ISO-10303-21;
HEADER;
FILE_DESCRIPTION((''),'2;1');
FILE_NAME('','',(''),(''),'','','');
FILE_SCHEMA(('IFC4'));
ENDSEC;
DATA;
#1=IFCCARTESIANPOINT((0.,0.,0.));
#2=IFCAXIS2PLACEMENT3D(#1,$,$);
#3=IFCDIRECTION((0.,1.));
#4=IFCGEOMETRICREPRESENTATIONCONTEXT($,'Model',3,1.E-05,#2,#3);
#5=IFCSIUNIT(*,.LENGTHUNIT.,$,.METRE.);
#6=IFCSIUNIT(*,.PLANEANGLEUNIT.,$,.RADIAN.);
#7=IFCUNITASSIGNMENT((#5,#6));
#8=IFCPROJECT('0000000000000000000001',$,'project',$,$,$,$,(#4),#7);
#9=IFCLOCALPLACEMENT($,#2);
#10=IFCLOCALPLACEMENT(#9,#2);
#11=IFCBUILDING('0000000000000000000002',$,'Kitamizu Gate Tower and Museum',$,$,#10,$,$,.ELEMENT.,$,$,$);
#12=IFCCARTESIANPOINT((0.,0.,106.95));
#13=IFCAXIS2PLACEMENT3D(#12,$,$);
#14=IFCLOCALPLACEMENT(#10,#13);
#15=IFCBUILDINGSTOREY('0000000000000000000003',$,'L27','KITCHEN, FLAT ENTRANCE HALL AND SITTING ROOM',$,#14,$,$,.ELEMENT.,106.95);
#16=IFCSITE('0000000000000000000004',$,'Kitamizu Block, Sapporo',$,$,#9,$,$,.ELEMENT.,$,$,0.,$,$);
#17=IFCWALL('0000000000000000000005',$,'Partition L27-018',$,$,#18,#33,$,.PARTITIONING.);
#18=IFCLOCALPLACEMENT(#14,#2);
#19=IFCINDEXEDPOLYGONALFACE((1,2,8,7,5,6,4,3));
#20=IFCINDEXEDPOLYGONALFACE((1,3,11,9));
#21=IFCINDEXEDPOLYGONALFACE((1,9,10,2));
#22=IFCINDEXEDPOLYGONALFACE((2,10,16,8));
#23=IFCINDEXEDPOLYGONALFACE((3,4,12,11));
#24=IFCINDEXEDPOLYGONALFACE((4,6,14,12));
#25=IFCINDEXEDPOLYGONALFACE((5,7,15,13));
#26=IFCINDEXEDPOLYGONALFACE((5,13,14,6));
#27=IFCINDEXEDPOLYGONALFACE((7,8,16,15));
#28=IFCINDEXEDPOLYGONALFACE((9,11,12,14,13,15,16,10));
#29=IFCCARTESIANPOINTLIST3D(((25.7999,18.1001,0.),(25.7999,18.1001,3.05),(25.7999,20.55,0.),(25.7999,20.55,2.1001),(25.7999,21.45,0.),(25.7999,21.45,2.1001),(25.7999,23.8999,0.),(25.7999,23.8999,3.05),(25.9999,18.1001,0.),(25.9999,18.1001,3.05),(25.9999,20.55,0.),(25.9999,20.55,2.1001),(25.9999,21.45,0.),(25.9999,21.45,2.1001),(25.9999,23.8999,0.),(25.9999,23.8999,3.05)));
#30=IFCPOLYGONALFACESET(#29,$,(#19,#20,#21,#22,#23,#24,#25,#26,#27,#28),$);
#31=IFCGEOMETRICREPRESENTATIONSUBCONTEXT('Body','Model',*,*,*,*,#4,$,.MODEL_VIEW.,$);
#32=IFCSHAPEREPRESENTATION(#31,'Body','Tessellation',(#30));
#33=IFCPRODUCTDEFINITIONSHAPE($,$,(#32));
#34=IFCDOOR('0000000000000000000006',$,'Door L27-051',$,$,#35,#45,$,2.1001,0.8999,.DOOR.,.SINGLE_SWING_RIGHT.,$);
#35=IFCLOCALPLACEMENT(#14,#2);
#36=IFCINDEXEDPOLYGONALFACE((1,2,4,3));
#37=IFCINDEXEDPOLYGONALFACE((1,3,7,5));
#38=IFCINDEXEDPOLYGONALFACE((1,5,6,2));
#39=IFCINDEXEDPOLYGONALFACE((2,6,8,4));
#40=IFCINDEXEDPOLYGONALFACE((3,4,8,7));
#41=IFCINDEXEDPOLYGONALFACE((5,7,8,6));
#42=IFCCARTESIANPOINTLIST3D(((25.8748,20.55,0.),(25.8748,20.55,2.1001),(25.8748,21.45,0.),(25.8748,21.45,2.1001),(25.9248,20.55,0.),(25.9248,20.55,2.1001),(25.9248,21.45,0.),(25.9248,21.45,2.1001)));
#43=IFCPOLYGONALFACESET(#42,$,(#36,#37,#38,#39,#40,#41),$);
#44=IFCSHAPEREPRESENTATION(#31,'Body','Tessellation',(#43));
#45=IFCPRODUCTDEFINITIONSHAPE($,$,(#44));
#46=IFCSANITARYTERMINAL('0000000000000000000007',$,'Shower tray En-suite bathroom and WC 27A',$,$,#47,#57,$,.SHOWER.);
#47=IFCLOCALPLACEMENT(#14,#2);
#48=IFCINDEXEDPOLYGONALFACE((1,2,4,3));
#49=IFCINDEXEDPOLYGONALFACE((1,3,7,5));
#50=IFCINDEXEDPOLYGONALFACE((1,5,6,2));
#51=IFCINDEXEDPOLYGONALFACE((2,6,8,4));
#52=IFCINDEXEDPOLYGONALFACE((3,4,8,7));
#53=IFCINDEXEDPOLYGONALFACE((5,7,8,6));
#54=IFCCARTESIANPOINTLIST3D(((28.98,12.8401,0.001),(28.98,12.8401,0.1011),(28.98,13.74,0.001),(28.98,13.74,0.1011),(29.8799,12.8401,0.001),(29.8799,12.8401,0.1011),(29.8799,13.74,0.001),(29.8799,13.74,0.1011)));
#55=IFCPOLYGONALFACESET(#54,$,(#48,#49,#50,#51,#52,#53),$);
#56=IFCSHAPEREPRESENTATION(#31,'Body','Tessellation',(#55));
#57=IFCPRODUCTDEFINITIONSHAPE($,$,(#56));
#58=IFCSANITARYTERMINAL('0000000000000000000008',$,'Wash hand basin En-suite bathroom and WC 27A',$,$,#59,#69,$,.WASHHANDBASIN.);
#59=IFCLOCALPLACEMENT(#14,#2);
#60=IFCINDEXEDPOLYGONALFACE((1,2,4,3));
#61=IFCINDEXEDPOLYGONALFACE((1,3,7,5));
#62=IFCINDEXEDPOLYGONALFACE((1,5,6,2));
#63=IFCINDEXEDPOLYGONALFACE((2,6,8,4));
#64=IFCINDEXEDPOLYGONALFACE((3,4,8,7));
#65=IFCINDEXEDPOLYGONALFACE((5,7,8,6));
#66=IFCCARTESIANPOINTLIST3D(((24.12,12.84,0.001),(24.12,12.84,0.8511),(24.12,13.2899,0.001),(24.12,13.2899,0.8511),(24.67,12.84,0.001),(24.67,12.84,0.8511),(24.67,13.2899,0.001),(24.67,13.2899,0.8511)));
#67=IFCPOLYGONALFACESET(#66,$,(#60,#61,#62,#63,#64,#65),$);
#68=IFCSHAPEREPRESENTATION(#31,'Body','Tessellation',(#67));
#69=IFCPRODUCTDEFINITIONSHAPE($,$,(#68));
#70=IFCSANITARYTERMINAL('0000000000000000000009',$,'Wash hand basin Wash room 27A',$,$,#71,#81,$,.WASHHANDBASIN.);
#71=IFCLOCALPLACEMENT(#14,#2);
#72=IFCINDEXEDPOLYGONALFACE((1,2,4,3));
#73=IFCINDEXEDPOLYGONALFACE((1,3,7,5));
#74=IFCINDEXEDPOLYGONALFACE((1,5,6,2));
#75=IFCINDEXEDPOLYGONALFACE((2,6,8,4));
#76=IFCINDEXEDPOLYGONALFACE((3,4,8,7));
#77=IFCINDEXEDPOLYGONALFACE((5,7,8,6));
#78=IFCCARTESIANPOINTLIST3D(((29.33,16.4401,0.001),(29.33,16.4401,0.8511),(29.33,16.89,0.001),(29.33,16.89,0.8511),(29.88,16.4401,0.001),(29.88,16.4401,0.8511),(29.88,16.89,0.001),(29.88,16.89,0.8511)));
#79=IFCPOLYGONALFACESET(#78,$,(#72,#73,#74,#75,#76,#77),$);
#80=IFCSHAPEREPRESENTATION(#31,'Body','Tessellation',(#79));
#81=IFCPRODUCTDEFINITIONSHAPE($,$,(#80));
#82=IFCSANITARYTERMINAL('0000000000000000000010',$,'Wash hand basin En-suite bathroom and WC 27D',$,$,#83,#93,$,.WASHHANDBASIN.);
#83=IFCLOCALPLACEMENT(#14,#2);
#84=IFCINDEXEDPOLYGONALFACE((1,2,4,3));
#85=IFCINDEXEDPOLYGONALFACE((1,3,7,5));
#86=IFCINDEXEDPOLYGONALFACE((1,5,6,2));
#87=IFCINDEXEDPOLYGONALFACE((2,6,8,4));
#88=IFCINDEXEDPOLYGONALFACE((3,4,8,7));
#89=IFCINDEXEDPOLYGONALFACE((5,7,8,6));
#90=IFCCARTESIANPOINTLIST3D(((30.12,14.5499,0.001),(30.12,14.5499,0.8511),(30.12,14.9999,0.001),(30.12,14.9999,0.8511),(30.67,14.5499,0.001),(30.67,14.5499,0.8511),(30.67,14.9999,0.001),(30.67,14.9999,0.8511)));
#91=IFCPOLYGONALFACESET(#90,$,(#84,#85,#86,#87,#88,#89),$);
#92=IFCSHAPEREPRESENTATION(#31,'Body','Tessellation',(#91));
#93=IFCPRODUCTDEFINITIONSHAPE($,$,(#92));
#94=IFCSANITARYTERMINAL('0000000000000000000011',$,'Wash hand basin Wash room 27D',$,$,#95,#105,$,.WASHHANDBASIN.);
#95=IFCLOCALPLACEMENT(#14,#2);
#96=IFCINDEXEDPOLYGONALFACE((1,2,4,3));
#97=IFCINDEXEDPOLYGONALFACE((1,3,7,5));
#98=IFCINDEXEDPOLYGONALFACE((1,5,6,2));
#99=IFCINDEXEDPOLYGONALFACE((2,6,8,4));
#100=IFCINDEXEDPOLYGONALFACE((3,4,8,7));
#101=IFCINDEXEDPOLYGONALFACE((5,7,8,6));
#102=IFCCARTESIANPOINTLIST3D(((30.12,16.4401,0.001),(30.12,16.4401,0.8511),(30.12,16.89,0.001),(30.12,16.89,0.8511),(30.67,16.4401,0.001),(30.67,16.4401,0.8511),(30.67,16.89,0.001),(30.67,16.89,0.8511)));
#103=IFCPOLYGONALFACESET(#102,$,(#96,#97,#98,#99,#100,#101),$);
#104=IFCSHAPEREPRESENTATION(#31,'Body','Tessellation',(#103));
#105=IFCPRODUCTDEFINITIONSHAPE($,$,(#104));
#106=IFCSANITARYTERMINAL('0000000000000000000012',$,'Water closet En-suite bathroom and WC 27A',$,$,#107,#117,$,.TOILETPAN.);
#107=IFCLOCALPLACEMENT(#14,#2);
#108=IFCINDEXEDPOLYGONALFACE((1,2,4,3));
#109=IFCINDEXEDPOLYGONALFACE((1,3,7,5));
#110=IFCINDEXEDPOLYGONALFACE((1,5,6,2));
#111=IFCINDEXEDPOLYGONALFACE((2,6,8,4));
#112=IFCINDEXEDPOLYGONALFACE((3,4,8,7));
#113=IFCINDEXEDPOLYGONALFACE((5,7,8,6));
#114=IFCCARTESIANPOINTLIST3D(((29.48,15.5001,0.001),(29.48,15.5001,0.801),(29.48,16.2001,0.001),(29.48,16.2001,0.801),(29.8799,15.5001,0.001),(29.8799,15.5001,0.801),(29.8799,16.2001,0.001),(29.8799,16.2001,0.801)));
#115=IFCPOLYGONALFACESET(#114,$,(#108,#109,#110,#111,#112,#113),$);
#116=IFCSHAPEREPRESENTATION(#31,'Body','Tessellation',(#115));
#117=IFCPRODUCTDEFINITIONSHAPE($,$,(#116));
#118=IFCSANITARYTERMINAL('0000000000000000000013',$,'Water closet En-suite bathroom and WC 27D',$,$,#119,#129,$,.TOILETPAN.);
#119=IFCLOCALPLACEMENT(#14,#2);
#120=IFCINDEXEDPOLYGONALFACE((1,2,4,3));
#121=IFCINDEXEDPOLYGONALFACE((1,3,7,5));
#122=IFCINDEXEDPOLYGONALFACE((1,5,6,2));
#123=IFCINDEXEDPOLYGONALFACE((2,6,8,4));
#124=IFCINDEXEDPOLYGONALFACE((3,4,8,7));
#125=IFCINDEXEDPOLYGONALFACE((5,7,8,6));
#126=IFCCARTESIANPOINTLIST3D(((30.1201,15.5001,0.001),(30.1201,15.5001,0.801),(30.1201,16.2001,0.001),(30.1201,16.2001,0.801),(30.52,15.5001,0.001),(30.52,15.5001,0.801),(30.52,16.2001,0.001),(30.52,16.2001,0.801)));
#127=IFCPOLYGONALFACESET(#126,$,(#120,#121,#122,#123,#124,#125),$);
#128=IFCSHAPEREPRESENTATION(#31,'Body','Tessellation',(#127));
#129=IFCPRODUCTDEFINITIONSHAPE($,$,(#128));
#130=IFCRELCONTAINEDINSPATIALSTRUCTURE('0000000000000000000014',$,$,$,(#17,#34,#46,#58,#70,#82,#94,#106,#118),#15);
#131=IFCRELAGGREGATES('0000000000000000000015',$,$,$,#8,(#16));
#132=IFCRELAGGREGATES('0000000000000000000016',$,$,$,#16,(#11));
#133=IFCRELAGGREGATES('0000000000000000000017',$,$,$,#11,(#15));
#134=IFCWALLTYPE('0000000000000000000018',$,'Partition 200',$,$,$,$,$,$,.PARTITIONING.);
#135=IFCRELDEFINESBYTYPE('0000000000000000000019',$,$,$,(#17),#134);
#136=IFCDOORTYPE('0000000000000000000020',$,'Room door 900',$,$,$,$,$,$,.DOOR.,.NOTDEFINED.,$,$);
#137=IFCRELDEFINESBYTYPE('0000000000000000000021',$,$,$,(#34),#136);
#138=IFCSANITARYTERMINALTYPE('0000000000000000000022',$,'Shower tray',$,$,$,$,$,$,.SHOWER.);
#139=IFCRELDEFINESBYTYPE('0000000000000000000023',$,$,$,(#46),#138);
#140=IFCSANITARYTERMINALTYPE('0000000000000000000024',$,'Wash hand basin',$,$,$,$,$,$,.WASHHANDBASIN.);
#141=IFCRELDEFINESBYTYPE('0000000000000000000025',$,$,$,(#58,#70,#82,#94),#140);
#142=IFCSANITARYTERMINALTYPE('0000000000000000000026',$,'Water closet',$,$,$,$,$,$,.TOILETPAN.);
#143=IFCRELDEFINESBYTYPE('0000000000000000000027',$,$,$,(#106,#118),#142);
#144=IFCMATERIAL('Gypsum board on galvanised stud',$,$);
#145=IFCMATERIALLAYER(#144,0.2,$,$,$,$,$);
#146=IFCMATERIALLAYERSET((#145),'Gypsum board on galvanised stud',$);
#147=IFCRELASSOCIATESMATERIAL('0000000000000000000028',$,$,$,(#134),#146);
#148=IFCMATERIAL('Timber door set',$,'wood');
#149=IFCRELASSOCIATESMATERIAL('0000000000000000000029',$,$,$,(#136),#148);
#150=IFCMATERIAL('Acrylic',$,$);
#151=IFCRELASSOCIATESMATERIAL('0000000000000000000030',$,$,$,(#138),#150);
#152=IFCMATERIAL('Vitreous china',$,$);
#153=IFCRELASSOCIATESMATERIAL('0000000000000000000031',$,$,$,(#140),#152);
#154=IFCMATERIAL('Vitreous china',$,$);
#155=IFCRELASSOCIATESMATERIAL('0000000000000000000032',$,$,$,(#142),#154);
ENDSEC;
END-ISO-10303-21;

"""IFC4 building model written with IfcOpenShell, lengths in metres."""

from ifc_helpers import new_model, si_unit, direction, frame, frame_2d, origin, origin_2d, place, context, subcontext, project, spatial, rectangle, extrude, material, layer, layer_set, type_object, element, fill, save


model = new_model("IFC4")

# Units and contexts
model_context = context("Model", 3, precision=1e-05, world=origin(), true_north=direction((0.0, 1.0)))
body_context = subcontext(model_context, "Body", "Model", "MODEL_VIEW")
ifc_project = project(units=[si_unit("LENGTHUNIT", "METRE"), si_unit("PLANEANGLEUNIT", "RADIAN")], contexts=[model_context])

# Site, building, storey
site_placement = place(None, origin())
site = spatial("IfcSite", under=ifc_project, at=site_placement, Name="Kitamizu Block, Sapporo", CompositionType="ELEMENT", RefElevation=0.0)
building_placement = place(site_placement, origin())
building = spatial("IfcBuilding", under=site, at=building_placement, Name="Kitamizu Gate Tower and Museum", CompositionType="ELEMENT")
storey_placement = place(building_placement, frame((0.0, 0.0, 106.95)))
storey = spatial("IfcBuildingStorey", under=building, at=storey_placement, Name="L27", Description="KITCHEN, FLAT ENTRANCE HALL AND SITTING ROOM", CompositionType="ELEMENT", Elevation=106.95)

# Shared definitions
ifc_material_1 = material(Name="Gypsum board on galvanised stud")
ifc_layer_1 = layer(ifc_material_1, 0.2)
ifc_layer_set_1 = layer_set([ifc_layer_1], Name="Gypsum board on galvanised stud")
wall_type_1 = type_object("IfcWallType", Name="Partition 200", PredefinedType="PARTITIONING", material=ifc_layer_set_1)

# Wall, opening, door
wall_1_placement = place(storey_placement, frame((25.8999, 23.8999, 0.0), z_axis=(0.0, 0.0, 1.0), x_axis=(0.0, -1.0, 0.0)))
wall_1 = element("IfcWall", 1, at=wall_1_placement, inside=storey, type_object=wall_type_1, Name="Partition L27-018", PredefinedType="PARTITIONING", context=body_context, shape_type="SweptSolid", body=[
    extrude(rectangle(XDim=5.7998, YDim=0.2, at=frame_2d((2.8999, 0.0))), origin(), (0.0, 0.0, 1.0), 3.05),
])
opening_placement = place(wall_1_placement, frame((2.45, 0.0, 0.0)))
opening = element("IfcOpeningElement", 2, at=opening_placement, cuts=wall_1, PredefinedType="OPENING", context=body_context, shape_type="SweptSolid", body=[
    extrude(rectangle(XDim=0.8999, YDim=2.1001, at=frame_2d((0.45, 1.05))), frame((0.0, 0.1099, 0.0), z_axis=(0.0, -1.0, 0.0), x_axis=(1.0, 0.0, 0.0)), (0.0, 0.0, 1.0), 0.22),
])
ifc_material_2 = material(Name="Timber door set", Category="wood")
door_type = type_object("IfcDoorType", Name="Room door 900", OperationType="NOTDEFINED", PredefinedType="DOOR", material=ifc_material_2)
door_placement = place(opening_placement, origin())
door = element("IfcDoor", 3, at=door_placement, inside=storey, type_object=door_type, Name="Door L27-051", OperationType="SINGLE_SWING_RIGHT", OverallHeight=2.1001, OverallWidth=0.8999, PredefinedType="DOOR", context=body_context, shape_type="SweptSolid", body=[
    extrude(rectangle(XDim=0.8999, YDim=2.1001, at=frame_2d((0.45, 1.05))), frame((0.0, 0.0249, 0.0), z_axis=(0.0, -1.0, 0.0), x_axis=(1.0, 0.0, 0.0)), (0.0, 0.0, 1.0), 0.05),
])
fill(opening, door)

# Sanitary terminals
ifc_material_3 = material(Name="Acrylic")
sanitary_terminal_type_1 = type_object("IfcSanitaryTerminalType", Name="Shower tray", PredefinedType="SHOWER", material=ifc_material_3)
sanitary_terminal_placement = place(storey_placement, frame((29.4299, 13.29, 0.001), z_axis=(0.0, 0.0, 1.0), x_axis=(1.0, 0.0, 0.0)))
element("IfcSanitaryTerminal", 4, at=sanitary_terminal_placement, inside=storey, type_object=sanitary_terminal_type_1, Name="Shower tray En-suite bathroom and WC 27A", PredefinedType="SHOWER", context=body_context, shape_type="SweptSolid", body=[
    extrude(rectangle(XDim=0.8999, YDim=0.8999, at=origin_2d()), origin(), (0.0, 0.0, 1.0), 0.1001),
])
ifc_material_4 = material(Name="Vitreous china")
sanitary_terminal_type_2 = type_object("IfcSanitaryTerminalType", Name="Wash hand basin", PredefinedType="WASHHANDBASIN", material=ifc_material_4)
for number, where, z_axis, x_axis, name in (
    (5, (24.395, 13.0649, 0.001), (0.0, 0.0, 1.0), (1.0, 0.0, 0.0), "Wash hand basin En-suite bathroom and WC 27A"),
    (6, (29.605, 16.665, 0.001), (0.0, 0.0, 1.0), (1.0, 0.0, 0.0), "Wash hand basin Wash room 27A"),
    (7, (30.395, 14.7749, 0.001), (0.0, 0.0, 1.0), (1.0, 0.0, 0.0), "Wash hand basin En-suite bathroom and WC 27D"),
    (8, (30.395, 16.665, 0.001), (0.0, 0.0, 1.0), (1.0, 0.0, 0.0), "Wash hand basin Wash room 27D"),
):
    element("IfcSanitaryTerminal", number, at=place(storey_placement, frame(where, z_axis=z_axis, x_axis=x_axis)), inside=storey, type_object=sanitary_terminal_type_2, Name=name, PredefinedType="WASHHANDBASIN", context=body_context, shape_type="SweptSolid", body=[
        extrude(rectangle(XDim=0.55, YDim=0.45, at=origin_2d()), origin(), (0.0, 0.0, 1.0), 0.8501),
    ])
ifc_material_5 = material(Name="Vitreous china")
sanitary_terminal_type_3 = type_object("IfcSanitaryTerminalType", Name="Water closet", PredefinedType="TOILETPAN", material=ifc_material_5)
for number, where, z_axis, x_axis, name in (
    (9, (29.6799, 15.8501, 0.001), (0.0, 0.0, 1.0), (1.0, 0.0, 0.0), "Water closet En-suite bathroom and WC 27A"),
    (10, (30.3201, 15.8501, 0.001), (0.0, 0.0, 1.0), (1.0, 0.0, 0.0), "Water closet En-suite bathroom and WC 27D"),
):
    element("IfcSanitaryTerminal", number, at=place(storey_placement, frame(where, z_axis=z_axis, x_axis=x_axis)), inside=storey, type_object=sanitary_terminal_type_3, Name=name, PredefinedType="TOILETPAN", context=body_context, shape_type="SweptSolid", body=[
        extrude(rectangle(XDim=0.3999, YDim=0.7, at=origin_2d()), origin(), (0.0, 0.0, 1.0), 0.8),
    ])

save(model, "model.ifc")
